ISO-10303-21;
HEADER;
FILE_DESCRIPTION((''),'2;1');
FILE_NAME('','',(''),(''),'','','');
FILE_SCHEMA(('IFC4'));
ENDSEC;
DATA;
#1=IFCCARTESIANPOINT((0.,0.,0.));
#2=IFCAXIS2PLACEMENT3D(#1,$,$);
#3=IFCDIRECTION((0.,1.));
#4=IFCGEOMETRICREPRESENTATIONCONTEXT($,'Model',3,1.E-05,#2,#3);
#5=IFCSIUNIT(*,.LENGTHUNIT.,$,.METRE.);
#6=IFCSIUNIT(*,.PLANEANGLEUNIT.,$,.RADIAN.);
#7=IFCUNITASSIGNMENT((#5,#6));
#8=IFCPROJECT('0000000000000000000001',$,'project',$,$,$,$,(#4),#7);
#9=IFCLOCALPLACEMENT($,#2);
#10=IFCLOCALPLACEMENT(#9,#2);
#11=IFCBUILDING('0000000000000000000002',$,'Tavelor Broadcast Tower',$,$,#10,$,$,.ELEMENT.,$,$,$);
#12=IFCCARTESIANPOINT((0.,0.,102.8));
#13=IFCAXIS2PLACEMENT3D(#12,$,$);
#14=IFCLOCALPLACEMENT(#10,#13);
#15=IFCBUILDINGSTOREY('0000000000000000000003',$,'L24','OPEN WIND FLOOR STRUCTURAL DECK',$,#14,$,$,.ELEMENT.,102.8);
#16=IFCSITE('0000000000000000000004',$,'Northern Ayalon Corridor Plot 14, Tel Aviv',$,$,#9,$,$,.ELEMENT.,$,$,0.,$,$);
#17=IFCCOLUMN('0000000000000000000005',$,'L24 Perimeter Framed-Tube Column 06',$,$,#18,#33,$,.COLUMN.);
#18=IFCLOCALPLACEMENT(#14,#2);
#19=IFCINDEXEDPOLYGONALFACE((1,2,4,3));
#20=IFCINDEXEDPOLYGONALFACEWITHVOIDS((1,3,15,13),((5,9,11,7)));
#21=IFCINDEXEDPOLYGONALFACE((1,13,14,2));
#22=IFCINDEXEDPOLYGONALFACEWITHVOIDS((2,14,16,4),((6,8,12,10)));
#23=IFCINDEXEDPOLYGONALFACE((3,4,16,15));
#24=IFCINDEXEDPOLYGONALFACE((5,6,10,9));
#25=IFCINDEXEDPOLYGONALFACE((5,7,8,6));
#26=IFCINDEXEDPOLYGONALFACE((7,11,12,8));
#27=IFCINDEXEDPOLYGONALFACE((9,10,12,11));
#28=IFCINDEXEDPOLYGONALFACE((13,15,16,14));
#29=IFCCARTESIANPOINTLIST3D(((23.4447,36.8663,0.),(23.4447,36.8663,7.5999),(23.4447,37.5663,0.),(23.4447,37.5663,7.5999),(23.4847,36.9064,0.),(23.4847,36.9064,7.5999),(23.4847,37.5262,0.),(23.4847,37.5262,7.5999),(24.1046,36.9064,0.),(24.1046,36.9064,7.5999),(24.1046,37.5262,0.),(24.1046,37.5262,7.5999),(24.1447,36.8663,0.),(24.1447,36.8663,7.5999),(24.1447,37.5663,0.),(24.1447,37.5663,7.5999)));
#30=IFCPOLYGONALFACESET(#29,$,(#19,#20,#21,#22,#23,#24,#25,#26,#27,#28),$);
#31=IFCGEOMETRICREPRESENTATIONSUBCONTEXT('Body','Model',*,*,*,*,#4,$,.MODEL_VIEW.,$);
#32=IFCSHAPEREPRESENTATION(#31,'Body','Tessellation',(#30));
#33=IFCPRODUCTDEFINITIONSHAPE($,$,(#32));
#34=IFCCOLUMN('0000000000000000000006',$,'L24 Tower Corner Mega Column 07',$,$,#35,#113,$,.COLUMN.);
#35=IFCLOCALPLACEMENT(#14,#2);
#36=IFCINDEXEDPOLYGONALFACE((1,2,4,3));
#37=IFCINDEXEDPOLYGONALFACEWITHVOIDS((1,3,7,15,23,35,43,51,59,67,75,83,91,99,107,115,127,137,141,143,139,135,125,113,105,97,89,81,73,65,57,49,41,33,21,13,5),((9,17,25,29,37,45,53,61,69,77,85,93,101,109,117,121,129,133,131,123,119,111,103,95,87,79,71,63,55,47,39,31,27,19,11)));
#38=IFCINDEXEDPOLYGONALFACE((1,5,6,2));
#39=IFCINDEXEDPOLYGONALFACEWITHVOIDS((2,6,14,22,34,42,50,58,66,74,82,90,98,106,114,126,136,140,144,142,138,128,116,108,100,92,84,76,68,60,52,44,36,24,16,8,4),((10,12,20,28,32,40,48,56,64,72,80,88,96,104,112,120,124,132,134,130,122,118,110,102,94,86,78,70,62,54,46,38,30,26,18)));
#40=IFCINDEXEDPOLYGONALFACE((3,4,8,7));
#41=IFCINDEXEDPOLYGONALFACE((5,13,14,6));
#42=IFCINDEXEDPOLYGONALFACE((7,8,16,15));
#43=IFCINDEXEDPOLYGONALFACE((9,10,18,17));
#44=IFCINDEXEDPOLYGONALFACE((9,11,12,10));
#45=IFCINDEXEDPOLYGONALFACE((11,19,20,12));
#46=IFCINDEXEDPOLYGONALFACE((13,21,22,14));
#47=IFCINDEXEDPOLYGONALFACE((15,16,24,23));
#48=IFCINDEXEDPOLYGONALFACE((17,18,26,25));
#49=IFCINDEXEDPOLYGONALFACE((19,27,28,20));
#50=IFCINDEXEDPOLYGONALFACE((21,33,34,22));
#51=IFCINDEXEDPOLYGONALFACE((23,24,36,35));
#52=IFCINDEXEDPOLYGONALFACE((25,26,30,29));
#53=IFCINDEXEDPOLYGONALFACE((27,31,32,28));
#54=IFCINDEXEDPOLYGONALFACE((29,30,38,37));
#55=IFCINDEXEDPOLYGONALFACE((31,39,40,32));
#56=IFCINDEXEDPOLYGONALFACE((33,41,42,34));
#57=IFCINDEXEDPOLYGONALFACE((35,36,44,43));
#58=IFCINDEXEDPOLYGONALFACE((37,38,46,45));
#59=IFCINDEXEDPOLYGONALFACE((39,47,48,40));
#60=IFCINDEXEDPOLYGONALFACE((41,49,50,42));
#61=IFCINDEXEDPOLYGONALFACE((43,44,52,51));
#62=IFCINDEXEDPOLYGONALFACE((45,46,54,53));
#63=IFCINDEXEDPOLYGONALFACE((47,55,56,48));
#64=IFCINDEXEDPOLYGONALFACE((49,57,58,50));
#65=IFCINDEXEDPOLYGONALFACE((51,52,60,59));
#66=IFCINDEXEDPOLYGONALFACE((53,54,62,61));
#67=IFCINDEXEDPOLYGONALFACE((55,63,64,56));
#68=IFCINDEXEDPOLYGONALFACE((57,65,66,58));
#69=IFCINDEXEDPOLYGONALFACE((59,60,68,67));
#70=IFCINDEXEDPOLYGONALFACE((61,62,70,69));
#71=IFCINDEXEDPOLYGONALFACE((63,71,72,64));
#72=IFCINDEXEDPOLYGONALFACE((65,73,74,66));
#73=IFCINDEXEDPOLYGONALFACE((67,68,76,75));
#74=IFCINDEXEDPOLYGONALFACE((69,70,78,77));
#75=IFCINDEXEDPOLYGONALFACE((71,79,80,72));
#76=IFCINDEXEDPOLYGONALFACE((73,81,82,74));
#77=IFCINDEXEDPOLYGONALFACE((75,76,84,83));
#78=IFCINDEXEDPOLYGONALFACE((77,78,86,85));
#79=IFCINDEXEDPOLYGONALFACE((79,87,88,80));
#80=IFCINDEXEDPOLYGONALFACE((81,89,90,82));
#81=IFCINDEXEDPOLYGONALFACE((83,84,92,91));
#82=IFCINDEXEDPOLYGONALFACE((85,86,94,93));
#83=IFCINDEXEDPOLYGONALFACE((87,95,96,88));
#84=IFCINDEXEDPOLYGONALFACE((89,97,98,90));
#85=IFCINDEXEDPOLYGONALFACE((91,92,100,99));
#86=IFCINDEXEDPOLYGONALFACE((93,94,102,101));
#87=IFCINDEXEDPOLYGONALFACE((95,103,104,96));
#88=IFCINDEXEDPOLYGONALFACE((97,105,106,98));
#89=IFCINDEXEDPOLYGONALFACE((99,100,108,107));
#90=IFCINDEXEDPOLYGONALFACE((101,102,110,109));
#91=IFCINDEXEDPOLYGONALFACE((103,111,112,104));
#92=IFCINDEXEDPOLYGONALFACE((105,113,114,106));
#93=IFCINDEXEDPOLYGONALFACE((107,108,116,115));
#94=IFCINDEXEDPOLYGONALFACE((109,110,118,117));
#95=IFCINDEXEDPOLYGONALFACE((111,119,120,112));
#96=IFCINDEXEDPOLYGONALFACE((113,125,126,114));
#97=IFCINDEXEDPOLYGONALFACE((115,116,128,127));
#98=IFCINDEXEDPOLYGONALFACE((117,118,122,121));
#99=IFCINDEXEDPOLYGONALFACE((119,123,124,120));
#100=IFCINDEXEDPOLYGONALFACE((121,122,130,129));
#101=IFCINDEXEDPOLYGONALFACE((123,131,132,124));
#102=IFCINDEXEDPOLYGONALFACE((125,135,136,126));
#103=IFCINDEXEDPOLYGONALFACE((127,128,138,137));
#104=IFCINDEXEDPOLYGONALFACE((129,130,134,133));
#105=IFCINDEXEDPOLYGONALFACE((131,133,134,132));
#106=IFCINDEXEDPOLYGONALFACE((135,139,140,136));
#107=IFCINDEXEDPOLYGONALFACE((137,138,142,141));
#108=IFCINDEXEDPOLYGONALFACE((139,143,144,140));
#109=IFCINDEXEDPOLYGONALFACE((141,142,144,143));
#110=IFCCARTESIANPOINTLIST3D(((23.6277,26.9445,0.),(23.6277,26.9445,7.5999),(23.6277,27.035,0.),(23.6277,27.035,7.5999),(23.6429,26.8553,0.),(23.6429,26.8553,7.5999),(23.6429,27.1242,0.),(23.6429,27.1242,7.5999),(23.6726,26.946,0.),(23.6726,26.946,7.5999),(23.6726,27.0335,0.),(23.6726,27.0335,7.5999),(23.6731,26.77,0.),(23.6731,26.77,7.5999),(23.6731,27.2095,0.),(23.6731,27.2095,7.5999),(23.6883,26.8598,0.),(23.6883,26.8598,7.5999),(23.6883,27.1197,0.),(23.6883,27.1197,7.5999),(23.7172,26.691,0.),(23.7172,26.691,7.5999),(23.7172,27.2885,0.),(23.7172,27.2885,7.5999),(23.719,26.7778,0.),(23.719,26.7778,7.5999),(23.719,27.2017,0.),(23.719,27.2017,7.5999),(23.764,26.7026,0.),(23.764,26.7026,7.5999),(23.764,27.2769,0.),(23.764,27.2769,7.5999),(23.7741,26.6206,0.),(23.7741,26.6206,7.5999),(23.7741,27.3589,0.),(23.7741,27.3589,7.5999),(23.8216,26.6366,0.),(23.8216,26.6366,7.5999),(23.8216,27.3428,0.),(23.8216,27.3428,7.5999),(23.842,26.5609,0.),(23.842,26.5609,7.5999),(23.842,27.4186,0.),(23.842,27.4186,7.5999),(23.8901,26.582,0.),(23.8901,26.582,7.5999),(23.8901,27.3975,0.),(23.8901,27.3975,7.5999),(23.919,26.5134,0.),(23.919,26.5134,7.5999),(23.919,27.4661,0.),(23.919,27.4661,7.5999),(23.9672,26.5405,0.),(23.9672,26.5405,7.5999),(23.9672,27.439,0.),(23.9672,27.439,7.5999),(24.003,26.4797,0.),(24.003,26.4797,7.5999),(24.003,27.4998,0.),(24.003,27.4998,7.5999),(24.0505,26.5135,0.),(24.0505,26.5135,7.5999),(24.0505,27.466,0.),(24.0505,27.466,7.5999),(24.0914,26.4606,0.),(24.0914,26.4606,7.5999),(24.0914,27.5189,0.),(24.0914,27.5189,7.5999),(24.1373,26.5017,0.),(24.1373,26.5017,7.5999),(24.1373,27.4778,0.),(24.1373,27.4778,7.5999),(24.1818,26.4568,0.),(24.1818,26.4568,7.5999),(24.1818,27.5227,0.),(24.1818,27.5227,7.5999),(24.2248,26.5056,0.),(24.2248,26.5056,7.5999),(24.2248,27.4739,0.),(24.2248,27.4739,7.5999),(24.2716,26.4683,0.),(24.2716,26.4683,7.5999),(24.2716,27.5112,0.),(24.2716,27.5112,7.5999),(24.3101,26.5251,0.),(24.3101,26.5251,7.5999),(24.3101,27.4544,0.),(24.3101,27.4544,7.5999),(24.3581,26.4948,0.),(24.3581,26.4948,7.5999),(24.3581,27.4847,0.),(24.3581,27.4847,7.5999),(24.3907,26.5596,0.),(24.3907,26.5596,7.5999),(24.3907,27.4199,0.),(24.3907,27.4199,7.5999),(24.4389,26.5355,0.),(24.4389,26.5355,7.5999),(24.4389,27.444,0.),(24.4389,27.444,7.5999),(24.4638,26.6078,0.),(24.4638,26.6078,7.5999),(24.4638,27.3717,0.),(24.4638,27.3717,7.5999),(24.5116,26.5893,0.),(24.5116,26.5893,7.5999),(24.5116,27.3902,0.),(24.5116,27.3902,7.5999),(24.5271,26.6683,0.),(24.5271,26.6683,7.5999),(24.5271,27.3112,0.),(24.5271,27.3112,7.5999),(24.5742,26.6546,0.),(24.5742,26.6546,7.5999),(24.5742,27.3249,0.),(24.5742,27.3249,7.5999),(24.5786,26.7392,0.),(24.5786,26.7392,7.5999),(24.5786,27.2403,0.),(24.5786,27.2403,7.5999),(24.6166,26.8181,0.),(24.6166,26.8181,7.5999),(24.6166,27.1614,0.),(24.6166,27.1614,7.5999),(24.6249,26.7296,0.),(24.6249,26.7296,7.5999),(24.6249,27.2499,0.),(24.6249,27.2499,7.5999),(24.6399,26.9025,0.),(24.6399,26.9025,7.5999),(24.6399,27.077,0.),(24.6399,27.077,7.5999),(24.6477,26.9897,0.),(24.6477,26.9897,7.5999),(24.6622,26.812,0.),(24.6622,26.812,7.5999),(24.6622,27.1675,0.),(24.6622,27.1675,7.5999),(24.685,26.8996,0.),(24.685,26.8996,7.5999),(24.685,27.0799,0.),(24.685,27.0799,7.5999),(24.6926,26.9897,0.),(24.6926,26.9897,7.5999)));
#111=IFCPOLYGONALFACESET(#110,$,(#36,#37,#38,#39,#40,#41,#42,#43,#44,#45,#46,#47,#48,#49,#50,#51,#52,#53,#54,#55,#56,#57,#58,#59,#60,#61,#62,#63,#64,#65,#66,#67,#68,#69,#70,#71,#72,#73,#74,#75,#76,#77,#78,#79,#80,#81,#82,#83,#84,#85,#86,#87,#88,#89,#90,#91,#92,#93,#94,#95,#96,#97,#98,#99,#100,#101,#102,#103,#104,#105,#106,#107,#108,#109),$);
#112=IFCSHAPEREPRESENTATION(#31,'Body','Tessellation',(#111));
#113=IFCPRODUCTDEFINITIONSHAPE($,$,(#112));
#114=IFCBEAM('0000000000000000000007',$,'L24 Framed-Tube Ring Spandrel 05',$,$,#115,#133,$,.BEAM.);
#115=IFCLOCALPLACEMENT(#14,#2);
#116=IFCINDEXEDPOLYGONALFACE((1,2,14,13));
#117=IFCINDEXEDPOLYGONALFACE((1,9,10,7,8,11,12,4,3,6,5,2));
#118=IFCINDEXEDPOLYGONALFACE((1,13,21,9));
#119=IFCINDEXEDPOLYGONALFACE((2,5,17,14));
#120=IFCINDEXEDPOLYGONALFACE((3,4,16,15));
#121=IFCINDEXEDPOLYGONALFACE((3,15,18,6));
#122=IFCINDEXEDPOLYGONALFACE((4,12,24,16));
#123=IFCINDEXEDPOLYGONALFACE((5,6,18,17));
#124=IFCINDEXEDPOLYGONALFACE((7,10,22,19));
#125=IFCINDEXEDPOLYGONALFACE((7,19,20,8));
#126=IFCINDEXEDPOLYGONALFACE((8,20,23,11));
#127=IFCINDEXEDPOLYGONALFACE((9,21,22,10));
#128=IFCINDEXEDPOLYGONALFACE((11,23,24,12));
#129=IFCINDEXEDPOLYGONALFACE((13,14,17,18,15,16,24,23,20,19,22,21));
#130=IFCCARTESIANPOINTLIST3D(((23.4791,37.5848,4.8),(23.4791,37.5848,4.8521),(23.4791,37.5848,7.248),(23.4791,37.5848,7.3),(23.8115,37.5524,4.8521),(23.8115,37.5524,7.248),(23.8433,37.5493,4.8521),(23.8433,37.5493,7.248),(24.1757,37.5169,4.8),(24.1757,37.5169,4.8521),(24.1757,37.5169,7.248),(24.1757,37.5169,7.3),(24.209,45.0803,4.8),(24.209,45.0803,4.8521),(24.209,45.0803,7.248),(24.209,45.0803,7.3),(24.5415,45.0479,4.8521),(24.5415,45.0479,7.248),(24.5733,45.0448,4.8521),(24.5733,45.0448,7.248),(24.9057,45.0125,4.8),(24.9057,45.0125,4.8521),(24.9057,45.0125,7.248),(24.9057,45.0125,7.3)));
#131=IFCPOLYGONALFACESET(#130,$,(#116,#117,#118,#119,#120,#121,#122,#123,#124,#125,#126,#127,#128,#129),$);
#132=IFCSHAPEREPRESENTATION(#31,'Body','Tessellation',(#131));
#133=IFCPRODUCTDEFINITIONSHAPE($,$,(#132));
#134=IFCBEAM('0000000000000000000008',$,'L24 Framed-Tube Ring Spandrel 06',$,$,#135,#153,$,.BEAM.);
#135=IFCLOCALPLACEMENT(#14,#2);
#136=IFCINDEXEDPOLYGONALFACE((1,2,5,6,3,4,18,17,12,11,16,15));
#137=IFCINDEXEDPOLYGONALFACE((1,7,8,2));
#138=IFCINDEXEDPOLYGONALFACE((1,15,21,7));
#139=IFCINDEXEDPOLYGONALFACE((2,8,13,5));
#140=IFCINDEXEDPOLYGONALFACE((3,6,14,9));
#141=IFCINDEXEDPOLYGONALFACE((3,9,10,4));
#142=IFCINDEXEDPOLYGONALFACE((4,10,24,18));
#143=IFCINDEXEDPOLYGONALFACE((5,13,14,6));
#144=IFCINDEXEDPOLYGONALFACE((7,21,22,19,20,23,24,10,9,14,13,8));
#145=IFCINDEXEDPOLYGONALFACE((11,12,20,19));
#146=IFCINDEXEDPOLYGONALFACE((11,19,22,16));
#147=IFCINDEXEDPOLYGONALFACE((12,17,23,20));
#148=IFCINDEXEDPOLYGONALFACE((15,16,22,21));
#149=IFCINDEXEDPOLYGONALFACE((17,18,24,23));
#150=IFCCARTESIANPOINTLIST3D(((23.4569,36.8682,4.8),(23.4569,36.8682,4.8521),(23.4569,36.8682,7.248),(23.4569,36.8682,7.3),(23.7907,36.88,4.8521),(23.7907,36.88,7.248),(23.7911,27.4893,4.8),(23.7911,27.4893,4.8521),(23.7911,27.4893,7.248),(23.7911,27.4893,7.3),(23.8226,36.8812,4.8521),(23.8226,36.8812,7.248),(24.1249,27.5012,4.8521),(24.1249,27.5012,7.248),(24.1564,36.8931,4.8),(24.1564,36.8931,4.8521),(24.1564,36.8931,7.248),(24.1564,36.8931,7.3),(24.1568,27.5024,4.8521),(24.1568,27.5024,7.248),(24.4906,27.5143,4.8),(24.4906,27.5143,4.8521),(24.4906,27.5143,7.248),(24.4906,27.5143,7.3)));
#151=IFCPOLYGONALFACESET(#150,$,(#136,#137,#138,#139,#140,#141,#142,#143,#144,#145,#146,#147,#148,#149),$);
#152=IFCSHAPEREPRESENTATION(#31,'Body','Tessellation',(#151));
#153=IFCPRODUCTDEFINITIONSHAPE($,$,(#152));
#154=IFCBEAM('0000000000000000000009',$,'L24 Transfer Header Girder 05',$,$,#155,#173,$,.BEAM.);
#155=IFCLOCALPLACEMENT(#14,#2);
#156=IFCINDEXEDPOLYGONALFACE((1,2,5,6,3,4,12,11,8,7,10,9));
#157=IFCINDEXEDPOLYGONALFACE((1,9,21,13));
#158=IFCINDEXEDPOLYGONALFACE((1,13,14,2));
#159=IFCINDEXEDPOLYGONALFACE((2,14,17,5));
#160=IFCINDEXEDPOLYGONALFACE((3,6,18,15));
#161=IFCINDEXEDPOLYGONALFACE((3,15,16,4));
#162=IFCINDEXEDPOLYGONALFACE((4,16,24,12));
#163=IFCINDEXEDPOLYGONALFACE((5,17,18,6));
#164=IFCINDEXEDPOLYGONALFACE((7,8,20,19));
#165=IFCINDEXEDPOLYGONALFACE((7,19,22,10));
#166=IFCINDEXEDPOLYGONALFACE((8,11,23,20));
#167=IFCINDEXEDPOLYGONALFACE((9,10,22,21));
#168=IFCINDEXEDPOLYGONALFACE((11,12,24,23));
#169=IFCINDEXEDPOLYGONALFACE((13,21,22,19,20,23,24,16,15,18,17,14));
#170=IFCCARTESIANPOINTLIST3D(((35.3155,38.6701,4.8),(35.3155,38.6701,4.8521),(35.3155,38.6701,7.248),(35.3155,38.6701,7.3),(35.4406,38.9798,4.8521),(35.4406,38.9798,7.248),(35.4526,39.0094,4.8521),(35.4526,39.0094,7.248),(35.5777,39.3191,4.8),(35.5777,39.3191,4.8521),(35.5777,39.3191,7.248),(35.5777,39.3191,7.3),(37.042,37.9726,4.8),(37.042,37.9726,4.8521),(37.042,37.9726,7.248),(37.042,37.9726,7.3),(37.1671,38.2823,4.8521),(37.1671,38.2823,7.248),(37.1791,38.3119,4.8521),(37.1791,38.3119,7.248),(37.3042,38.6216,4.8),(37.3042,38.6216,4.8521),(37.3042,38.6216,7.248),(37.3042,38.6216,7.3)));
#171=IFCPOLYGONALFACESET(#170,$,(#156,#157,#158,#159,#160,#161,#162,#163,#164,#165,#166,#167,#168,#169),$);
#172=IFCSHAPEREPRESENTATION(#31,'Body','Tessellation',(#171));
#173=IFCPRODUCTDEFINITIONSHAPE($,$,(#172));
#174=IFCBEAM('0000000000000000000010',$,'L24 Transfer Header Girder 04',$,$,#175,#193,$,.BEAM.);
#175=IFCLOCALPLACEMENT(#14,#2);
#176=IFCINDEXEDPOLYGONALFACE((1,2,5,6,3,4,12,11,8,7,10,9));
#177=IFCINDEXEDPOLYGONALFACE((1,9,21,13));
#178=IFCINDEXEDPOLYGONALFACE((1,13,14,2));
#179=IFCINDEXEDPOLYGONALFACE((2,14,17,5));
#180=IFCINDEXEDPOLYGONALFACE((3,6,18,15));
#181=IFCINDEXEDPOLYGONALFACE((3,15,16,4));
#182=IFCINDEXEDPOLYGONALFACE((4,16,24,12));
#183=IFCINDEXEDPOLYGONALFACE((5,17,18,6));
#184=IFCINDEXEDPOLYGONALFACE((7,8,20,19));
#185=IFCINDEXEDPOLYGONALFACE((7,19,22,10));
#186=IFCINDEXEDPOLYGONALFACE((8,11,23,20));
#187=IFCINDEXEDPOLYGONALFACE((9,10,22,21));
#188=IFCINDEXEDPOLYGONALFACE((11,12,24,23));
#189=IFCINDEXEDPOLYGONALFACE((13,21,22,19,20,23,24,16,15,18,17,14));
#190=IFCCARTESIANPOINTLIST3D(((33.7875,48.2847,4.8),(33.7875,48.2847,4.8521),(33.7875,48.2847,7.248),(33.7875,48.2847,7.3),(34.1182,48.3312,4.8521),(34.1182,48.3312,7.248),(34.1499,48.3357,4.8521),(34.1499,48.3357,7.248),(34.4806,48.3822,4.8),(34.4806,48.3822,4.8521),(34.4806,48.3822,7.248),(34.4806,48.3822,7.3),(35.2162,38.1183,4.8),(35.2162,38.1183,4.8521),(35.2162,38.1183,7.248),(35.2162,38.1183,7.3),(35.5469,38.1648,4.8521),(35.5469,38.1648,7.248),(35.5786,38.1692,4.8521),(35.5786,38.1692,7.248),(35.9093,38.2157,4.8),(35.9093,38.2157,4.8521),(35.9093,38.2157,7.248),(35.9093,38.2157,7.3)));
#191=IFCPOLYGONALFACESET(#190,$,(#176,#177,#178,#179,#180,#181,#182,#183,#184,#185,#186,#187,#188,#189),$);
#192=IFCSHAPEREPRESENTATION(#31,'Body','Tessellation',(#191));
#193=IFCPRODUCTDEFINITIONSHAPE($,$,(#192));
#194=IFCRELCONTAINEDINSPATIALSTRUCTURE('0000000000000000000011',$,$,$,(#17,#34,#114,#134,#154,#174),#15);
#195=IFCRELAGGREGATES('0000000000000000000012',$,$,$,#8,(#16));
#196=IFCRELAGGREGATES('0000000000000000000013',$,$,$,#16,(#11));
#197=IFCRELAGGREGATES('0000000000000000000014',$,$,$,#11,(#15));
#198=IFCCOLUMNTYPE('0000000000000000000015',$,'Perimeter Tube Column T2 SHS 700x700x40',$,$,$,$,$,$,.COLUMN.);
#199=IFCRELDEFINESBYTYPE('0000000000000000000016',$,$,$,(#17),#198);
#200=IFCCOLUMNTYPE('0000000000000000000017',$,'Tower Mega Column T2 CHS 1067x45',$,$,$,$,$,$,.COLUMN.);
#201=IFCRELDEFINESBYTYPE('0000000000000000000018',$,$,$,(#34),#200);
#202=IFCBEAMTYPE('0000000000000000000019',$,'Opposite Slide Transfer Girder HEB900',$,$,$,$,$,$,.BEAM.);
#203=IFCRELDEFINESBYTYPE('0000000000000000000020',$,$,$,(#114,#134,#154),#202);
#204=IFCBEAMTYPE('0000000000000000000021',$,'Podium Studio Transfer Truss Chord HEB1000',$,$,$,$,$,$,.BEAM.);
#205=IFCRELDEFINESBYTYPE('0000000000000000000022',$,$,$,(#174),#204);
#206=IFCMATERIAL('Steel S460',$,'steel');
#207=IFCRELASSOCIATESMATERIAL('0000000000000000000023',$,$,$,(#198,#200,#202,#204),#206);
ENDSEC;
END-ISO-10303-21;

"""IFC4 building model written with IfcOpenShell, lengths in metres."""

from ifc_helpers import new_model, si_unit, direction, frame, origin, origin_2d, place, context, subcontext, project, spatial, hollow_rectangle, hollow_circle, i_section, extrude, material, material_profile, profile_set, type_object, element, save


model = new_model("IFC4")

# Units and contexts
model_context = context("Model", 3, precision=1e-05, world=origin(), true_north=direction((0.0, 1.0)))
body_context = subcontext(model_context, "Body", "Model", "MODEL_VIEW")
ifc_project = project(units=[si_unit("LENGTHUNIT", "METRE"), si_unit("PLANEANGLEUNIT", "RADIAN")], contexts=[model_context])

# Site, building, storey
site_placement = place(None, origin())
site = spatial("IfcSite", under=ifc_project, at=site_placement, Name="Northern Ayalon Corridor Plot 14, Tel Aviv", CompositionType="ELEMENT", RefElevation=0.0)
building_placement = place(site_placement, origin())
building = spatial("IfcBuilding", under=site, at=building_placement, Name="Tavelor Broadcast Tower", CompositionType="ELEMENT")
storey_placement = place(building_placement, frame((0.0, 0.0, 102.8)))
storey = spatial("IfcBuildingStorey", under=building, at=storey_placement, Name="L24", Description="OPEN WIND FLOOR STRUCTURAL DECK", CompositionType="ELEMENT", Elevation=102.8)

# Columns
ifc_material_1 = material(Name="Steel S460", Category="steel")
ifc_material_profile_1 = material_profile(ifc_material_1, hollow_rectangle(XDim=0.7, YDim=0.7, WallThickness=0.04, at=origin_2d()), Name="SHS 700x700x40")
ifc_profile_set_1 = profile_set([ifc_material_profile_1], Name="Steel S460")
column_type_1 = type_object("IfcColumnType", Name="Perimeter Tube Column T2 SHS 700x700x40", PredefinedType="COLUMN", material=ifc_profile_set_1)
column_1_placement = place(storey_placement, frame((23.7947, 37.2163, 0.0), z_axis=(0.0, 0.0, 1.0), x_axis=(1.0, 0.0, 0.0)))
element("IfcColumn", 1, at=column_1_placement, inside=storey, type_object=column_type_1, Name="L24 Perimeter Framed-Tube Column 06", PredefinedType="COLUMN", context=body_context, shape_type="SweptSolid", body=[
    extrude(hollow_rectangle(XDim=0.7, YDim=0.7, WallThickness=0.04, at=origin_2d()), origin(), (0.0, 0.0, 1.0), 7.5999),
])
ifc_material_profile_2 = material_profile(ifc_material_1, hollow_circle(Radius=0.5334, WallThickness=0.0449, at=origin_2d()), Name="CHS 1067x45")
ifc_profile_set_2 = profile_set([ifc_material_profile_2], Name="Steel S460")
column_type_2 = type_object("IfcColumnType", Name="Tower Mega Column T2 CHS 1067x45", PredefinedType="COLUMN", material=ifc_profile_set_2)
column_2_placement = place(storey_placement, frame((24.1592, 26.9897, 0.0), z_axis=(0.0, 0.0, 1.0), x_axis=(1.0, 0.0, 0.0)))
element("IfcColumn", 2, at=column_2_placement, inside=storey, type_object=column_type_2, Name="L24 Tower Corner Mega Column 07", PredefinedType="COLUMN", context=body_context, shape_type="SweptSolid", body=[
    extrude(hollow_circle(Radius=0.5334, WallThickness=0.0449, at=origin_2d()), origin(), (0.0, 0.0, 1.0), 7.5999),
])

# Beams
ifc_material_profile_3 = material_profile(ifc_material_1, i_section(OverallWidth=0.7, OverallDepth=2.5, WebThickness=0.032, FlangeThickness=0.052, at=origin_2d()), Name="PG 2500x700")
ifc_profile_set_3 = profile_set([ifc_material_profile_3], Name="Steel S460")
beam_type_1 = type_object("IfcBeamType", Name="Opposite Slide Transfer Girder HEB900", PredefinedType="BEAM", material=ifc_profile_set_3)
beam_1_placement = place(storey_placement, frame((24.5574, 45.0464, 6.05), z_axis=(-0.096929, -0.995291, 0.0), x_axis=(0.995291, -0.096929, 0.0)))
element("IfcBeam", 3, at=beam_1_placement, inside=storey, type_object=beam_type_1, Name="L24 Framed-Tube Ring Spandrel 05", PredefinedType="BEAM", context=body_context, shape_type="SweptSolid", body=[
    extrude(i_section(OverallWidth=0.7, OverallDepth=2.5, WebThickness=0.032, FlangeThickness=0.052, at=origin_2d()), origin(), (0.0, 0.0, 1.0), 7.531),
])
beam_2_placement = place(storey_placement, frame((23.8066, 36.8806, 6.05), z_axis=(0.035614, -0.999366, 0.0), x_axis=(0.999366, 0.035614, 0.0)))
element("IfcBeam", 4, at=beam_2_placement, inside=storey, type_object=beam_type_1, Name="L24 Framed-Tube Ring Spandrel 06", PredefinedType="BEAM", context=body_context, shape_type="SweptSolid", body=[
    extrude(i_section(OverallWidth=0.7, OverallDepth=2.5, WebThickness=0.032, FlangeThickness=0.052, at=origin_2d()), origin(), (0.0, 0.0, 1.0), 9.3848),
])
beam_3_placement = place(storey_placement, frame((37.1731, 38.2971, 6.05), z_axis=(-0.927196, 0.374576, 0.0), x_axis=(-0.374576, -0.927196, 0.0)))
element("IfcBeam", 5, at=beam_3_placement, inside=storey, type_object=beam_type_1, Name="L24 Transfer Header Girder 05", PredefinedType="BEAM", context=body_context, shape_type="SweptSolid", body=[
    extrude(i_section(OverallWidth=0.7, OverallDepth=2.5, WebThickness=0.032, FlangeThickness=0.052, at=origin_2d()), origin(), (0.0, 0.0, 1.0), 1.8621),
])
ifc_material_profile_4 = material_profile(ifc_material_1, i_section(OverallWidth=0.7, OverallDepth=2.5, WebThickness=0.032, FlangeThickness=0.052, at=origin_2d()), Name="PG 2500x700")
ifc_profile_set_4 = profile_set([ifc_material_profile_4], Name="Steel S460")
beam_type_2 = type_object("IfcBeamType", Name="Podium Studio Transfer Truss Chord HEB1000", PredefinedType="BEAM", material=ifc_profile_set_4)
beam_4_placement = place(storey_placement, frame((35.5627, 38.167, 6.05), z_axis=(-0.139164, 0.990269, 0.0), x_axis=(-0.990269, -0.139164, 0.0)))
element("IfcBeam", 6, at=beam_4_placement, inside=storey, type_object=beam_type_2, Name="L24 Transfer Header Girder 04", PredefinedType="BEAM", context=body_context, shape_type="SweptSolid", body=[
    extrude(i_section(OverallWidth=0.7, OverallDepth=2.5, WebThickness=0.032, FlangeThickness=0.052, at=origin_2d()), origin(), (0.0, 0.0, 1.0), 10.2664),
])

save(model, "model.ifc")
